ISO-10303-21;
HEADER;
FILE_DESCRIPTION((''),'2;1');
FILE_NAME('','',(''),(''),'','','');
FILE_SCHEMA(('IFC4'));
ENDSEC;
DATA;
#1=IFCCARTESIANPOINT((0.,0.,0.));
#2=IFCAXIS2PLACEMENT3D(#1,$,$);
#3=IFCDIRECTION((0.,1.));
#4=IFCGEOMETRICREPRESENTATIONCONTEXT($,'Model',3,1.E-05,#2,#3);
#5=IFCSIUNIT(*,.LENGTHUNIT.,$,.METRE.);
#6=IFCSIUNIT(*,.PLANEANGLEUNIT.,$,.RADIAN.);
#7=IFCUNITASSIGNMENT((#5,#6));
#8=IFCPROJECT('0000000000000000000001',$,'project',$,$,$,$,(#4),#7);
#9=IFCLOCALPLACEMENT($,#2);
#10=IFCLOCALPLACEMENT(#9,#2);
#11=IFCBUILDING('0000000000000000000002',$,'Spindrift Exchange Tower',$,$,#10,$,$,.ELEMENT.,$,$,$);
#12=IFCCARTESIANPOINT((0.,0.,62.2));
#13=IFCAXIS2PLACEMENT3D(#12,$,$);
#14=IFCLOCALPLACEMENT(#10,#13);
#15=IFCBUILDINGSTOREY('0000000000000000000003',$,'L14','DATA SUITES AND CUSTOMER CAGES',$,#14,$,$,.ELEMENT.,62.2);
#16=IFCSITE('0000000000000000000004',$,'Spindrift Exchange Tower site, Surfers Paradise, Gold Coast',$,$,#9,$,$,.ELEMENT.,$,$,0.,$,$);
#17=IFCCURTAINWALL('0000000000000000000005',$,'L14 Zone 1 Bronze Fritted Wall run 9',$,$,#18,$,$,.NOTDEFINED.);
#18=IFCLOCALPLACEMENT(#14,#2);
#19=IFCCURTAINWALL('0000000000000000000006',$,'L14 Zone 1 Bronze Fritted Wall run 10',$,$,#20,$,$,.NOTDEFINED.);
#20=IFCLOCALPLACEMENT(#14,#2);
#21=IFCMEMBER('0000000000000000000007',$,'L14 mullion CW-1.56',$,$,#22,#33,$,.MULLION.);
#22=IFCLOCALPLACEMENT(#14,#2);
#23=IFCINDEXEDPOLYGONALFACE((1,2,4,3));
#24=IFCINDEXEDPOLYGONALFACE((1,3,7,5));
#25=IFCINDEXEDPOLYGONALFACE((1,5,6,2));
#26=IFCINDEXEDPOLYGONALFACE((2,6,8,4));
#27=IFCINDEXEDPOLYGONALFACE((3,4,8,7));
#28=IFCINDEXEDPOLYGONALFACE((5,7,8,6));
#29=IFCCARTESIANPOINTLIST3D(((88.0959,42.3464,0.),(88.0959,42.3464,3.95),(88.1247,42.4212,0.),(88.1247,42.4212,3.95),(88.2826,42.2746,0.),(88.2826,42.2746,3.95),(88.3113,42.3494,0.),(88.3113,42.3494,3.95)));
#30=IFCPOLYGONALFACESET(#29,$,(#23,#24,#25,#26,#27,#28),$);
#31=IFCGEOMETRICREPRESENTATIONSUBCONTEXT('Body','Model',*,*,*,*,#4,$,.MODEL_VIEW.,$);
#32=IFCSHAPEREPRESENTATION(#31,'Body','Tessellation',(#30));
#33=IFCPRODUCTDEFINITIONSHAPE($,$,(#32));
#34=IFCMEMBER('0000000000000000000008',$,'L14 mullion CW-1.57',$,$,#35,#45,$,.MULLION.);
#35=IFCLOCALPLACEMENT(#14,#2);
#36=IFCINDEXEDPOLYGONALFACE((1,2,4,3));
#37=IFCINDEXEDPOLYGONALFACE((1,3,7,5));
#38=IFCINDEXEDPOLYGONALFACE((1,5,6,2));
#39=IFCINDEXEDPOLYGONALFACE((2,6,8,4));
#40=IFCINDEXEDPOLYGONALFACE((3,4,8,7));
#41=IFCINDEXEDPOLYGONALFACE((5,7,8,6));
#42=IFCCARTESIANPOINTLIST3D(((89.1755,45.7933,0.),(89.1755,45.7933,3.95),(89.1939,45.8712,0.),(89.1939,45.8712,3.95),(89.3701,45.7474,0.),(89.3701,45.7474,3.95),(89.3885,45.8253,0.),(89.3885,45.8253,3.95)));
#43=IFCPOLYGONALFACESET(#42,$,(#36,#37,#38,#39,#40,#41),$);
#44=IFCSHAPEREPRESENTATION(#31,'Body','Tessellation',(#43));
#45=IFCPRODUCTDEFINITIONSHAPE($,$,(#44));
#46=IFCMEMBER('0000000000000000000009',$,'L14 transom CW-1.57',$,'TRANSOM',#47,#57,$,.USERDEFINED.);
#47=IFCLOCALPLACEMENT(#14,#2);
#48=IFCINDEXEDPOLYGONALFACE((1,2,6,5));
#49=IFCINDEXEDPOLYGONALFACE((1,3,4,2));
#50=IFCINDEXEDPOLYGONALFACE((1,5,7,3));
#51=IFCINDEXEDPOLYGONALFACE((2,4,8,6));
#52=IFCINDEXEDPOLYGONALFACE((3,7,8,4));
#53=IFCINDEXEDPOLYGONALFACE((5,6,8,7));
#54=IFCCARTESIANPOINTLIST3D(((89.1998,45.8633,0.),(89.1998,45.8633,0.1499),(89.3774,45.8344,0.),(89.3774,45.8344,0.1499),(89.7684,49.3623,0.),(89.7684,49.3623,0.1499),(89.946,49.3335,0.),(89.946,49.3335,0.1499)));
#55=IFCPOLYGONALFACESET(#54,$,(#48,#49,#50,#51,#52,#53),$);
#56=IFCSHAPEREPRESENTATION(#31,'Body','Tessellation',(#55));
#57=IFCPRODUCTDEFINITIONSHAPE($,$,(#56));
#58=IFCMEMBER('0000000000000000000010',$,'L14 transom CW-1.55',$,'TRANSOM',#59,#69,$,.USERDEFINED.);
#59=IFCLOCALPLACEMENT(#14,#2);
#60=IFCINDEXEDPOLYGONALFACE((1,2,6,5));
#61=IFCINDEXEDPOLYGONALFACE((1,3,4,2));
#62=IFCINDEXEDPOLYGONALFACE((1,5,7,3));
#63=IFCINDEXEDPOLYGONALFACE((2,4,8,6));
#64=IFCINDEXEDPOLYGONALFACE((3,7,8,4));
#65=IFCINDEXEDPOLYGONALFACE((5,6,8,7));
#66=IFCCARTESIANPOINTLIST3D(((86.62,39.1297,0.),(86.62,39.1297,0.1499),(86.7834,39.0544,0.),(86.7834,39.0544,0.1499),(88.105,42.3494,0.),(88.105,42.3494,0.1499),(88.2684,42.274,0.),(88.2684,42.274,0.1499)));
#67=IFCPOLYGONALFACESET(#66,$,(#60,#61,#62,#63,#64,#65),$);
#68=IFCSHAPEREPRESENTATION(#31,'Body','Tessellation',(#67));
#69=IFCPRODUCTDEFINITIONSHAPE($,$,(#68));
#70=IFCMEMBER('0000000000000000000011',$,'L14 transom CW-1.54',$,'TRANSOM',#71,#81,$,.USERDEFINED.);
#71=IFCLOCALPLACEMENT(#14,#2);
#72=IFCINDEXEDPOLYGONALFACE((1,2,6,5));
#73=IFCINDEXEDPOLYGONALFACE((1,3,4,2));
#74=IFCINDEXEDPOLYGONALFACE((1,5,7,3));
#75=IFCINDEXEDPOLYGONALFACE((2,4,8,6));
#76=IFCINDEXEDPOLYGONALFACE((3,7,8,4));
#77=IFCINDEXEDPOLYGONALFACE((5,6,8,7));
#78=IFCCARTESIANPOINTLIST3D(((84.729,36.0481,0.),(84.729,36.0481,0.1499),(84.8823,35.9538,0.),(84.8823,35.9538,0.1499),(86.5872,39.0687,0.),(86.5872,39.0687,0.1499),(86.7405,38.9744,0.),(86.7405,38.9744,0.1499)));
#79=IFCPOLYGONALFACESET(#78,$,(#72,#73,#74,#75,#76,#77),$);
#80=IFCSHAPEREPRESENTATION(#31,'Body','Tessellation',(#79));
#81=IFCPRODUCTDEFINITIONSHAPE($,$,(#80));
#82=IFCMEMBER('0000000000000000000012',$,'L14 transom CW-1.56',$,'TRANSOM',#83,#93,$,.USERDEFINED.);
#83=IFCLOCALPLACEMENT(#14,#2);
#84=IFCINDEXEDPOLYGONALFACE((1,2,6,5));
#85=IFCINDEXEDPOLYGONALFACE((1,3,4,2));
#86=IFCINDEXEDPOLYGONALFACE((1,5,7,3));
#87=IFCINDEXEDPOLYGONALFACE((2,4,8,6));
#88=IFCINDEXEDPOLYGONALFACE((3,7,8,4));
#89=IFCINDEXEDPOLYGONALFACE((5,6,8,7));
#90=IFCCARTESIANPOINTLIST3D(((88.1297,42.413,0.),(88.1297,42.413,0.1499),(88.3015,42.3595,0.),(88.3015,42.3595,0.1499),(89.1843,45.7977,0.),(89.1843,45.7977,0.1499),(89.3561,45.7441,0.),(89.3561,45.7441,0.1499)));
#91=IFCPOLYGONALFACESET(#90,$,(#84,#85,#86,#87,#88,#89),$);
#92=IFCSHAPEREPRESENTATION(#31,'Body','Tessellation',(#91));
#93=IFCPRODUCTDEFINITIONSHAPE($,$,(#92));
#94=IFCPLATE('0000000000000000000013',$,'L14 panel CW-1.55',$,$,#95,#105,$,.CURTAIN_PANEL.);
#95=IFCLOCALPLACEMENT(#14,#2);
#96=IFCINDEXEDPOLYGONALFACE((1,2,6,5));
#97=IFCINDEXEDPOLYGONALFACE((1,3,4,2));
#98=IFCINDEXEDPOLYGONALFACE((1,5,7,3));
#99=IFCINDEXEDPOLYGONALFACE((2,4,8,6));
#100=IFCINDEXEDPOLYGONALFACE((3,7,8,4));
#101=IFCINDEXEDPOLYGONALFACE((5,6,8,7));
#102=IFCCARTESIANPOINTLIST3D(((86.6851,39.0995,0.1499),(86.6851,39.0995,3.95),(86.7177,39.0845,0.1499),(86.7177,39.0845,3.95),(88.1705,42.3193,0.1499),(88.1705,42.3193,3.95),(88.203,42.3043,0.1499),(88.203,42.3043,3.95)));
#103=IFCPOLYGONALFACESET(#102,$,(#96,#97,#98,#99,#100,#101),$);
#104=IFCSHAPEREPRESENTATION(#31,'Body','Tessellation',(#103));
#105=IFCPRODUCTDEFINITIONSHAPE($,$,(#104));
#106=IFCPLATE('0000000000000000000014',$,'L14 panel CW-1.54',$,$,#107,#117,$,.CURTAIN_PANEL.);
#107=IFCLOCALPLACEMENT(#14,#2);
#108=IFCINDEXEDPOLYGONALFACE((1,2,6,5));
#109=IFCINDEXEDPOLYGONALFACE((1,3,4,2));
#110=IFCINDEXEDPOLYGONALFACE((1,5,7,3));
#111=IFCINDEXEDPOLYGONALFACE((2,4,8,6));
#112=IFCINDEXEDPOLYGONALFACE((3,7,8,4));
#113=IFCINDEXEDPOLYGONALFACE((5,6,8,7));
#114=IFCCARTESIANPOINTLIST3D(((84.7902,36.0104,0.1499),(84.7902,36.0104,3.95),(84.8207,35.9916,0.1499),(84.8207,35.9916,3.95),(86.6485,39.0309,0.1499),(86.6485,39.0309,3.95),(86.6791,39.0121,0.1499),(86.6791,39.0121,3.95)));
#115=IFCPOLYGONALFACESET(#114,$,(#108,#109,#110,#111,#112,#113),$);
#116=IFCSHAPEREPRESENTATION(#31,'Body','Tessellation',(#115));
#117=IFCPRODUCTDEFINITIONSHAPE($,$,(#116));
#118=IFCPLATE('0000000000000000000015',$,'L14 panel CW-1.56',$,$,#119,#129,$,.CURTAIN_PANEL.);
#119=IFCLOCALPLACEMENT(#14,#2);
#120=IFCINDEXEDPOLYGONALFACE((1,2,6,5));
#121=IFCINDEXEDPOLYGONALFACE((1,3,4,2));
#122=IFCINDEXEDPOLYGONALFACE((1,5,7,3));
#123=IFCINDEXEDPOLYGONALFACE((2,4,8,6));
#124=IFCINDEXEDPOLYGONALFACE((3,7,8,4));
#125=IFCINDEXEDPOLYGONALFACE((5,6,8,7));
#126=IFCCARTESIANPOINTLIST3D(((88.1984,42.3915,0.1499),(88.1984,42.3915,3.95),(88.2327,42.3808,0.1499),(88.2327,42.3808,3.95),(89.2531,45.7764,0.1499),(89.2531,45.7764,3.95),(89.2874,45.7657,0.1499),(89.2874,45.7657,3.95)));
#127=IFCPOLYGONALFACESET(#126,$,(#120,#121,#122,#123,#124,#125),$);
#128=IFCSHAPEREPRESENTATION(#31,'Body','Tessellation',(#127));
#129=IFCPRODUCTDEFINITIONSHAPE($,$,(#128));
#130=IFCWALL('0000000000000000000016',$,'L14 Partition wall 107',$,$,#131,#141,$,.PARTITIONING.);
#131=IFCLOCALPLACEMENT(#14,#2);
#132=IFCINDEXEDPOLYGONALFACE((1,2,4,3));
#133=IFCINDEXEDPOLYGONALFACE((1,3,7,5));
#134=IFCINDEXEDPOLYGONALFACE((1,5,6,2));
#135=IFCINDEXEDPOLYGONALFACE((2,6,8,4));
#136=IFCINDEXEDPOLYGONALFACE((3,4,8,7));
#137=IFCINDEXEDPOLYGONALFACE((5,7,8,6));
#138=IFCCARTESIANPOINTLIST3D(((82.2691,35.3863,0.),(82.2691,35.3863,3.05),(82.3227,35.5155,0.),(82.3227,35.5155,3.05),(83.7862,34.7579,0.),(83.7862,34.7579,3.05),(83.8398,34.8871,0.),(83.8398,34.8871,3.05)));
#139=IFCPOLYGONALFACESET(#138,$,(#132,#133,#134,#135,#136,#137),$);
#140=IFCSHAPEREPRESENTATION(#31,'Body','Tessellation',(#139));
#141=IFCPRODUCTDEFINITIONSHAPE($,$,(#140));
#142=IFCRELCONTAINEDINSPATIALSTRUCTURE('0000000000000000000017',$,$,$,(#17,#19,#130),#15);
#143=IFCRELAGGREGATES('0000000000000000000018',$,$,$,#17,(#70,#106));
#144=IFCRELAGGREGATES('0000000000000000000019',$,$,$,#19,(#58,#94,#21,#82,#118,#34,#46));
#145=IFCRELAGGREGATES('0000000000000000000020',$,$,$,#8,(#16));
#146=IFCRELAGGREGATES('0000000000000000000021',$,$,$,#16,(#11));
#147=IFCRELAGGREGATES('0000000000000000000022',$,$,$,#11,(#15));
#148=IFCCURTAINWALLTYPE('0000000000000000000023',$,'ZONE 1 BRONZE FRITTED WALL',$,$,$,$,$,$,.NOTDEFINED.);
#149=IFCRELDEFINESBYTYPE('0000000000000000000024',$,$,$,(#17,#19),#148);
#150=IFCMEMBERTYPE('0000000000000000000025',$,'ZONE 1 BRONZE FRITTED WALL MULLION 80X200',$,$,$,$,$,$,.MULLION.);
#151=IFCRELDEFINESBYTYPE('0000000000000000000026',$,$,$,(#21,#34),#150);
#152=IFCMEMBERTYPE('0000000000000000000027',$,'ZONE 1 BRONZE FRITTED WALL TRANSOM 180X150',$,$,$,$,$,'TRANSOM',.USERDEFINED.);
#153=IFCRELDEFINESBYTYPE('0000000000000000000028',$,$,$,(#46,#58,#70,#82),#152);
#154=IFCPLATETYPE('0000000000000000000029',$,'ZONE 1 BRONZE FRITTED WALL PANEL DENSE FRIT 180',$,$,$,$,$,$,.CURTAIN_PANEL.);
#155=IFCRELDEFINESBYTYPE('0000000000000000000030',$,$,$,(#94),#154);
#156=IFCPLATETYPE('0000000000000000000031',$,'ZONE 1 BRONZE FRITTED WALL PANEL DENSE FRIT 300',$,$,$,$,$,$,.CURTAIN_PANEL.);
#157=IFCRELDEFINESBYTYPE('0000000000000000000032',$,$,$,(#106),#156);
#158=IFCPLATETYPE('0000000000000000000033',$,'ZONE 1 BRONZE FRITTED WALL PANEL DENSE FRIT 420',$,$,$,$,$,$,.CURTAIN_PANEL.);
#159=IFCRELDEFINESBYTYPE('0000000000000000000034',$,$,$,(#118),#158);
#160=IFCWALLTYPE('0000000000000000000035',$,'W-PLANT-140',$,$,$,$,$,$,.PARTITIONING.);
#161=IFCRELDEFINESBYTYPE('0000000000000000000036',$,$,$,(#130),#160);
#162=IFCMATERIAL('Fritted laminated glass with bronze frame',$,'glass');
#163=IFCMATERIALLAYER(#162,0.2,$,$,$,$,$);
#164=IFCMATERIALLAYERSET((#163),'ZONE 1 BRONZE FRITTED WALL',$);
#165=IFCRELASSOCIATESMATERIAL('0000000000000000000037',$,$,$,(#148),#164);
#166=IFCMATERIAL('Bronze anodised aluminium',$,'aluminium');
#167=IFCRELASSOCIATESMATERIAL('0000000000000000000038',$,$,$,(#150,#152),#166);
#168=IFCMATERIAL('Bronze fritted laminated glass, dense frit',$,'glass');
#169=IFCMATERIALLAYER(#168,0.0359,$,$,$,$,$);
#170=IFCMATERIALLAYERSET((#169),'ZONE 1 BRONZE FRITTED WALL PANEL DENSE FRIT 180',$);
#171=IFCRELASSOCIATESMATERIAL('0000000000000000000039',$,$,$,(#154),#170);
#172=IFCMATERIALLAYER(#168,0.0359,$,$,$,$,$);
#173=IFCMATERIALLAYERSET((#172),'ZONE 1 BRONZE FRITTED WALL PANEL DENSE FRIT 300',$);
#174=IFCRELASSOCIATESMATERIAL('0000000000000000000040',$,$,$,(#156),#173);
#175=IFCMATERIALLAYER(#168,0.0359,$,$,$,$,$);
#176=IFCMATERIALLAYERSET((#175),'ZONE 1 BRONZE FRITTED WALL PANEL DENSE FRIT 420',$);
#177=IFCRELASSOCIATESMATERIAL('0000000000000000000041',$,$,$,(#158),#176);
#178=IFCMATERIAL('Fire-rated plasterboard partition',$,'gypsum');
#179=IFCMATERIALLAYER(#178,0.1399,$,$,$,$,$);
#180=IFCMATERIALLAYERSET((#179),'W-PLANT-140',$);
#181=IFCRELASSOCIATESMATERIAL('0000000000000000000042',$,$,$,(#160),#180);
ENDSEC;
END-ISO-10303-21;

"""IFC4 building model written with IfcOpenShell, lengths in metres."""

from ifc_helpers import new_model, si_unit, direction, frame, frame_2d, origin, origin_2d, place, context, subcontext, project, spatial, rectangle, extrude, source, transform, mapped, material, layer, layer_set, material_profile, profile_set, type_object, element, aggregate, save


model = new_model("IFC4")

# Units and contexts
model_context = context("Model", 3, precision=1e-05, world=origin(), true_north=direction((0.0, 1.0)))
body_context = subcontext(model_context, "Body", "Model", "MODEL_VIEW")
ifc_project = project(units=[si_unit("LENGTHUNIT", "METRE"), si_unit("PLANEANGLEUNIT", "RADIAN")], contexts=[model_context])

# Site, building, storey
site_placement = place(None, origin())
site = spatial("IfcSite", under=ifc_project, at=site_placement, Name="Spindrift Exchange Tower site, Surfers Paradise, Gold Coast", CompositionType="ELEMENT", RefElevation=0.0)
building_placement = place(site_placement, origin())
building = spatial("IfcBuilding", under=site, at=building_placement, Name="Spindrift Exchange Tower", CompositionType="ELEMENT")
storey_placement = place(building_placement, frame((0.0, 0.0, 62.2)))
storey = spatial("IfcBuildingStorey", under=building, at=storey_placement, Name="L14", Description="DATA SUITES AND CUSTOMER CAGES", CompositionType="ELEMENT", Elevation=62.2)

# Curtain wall
ifc_material_1 = material(Name="Fritted laminated glass with bronze frame", Category="glass")
ifc_layer_1 = layer(ifc_material_1, 0.2)
ifc_layer_set_1 = layer_set([ifc_layer_1], Name="ZONE 1 BRONZE FRITTED WALL")
curtain_wall_type = type_object("IfcCurtainWallType", Name="ZONE 1 BRONZE FRITTED WALL", PredefinedType="NOTDEFINED", material=ifc_layer_set_1)
curtain_wall_1_placement = place(storey_placement, origin())
curtain_wall_1 = element("IfcCurtainWall", 1, at=curtain_wall_1_placement, inside=storey, type_object=curtain_wall_type, Name="L14 Zone 1 Bronze Fritted Wall run 9", PredefinedType="NOTDEFINED")
ifc_material_2 = material(Name="Bronze anodised aluminium", Category="aluminium")
ifc_material_profile_1 = material_profile(ifc_material_2, rectangle(XDim=0.0801, YDim=0.2, at=origin_2d()), Name="ZONE 1 BRONZE FRITTED WALL MULLION 80X200")
ifc_profile_set_1 = profile_set([ifc_material_profile_1], Name="Bronze anodised aluminium")
member_type_1 = type_object("IfcMemberType", Name="ZONE 1 BRONZE FRITTED WALL MULLION 80X200", PredefinedType="MULLION", material=ifc_profile_set_1)
shared_shape_1 = source(origin(), body_context, "Body", "SweptSolid", [
    extrude(rectangle(XDim=0.0801, YDim=0.2, at=origin_2d()), origin(), (0.0, 0.0, 1.0), 3.95),
])

# Curtain wall, members
curtain_wall_2_placement = place(storey_placement, origin())
curtain_wall_2 = element("IfcCurtainWall", 2, at=curtain_wall_2_placement, inside=storey, type_object=curtain_wall_type, Name="L14 Zone 1 Bronze Fritted Wall run 10", PredefinedType="NOTDEFINED")
member_1_placement = place(storey_placement, frame((88.2036, 42.3479, 0.0), z_axis=(0.0, 0.0, 1.0), x_axis=(0.358942, 0.93336, 0.0)))
member_1 = element("IfcMember", 3, at=member_1_placement, type_object=member_type_1, Name="L14 mullion CW-1.56", PredefinedType="MULLION", context=body_context, shape_type="MappedRepresentation", body=[
    mapped(shared_shape_1, transform((0.0, 0.0, 0.0), scale=1.0)),
])
member_2_placement = place(storey_placement, frame((89.282, 45.8093, 0.0), z_axis=(0.0, 0.0, 1.0), x_axis=(0.22953, 0.973302, 0.0)))
member_2 = element("IfcMember", 4, at=member_2_placement, type_object=member_type_1, Name="L14 mullion CW-1.57", PredefinedType="MULLION", context=body_context, shape_type="MappedRepresentation", body=[
    mapped(shared_shape_1, transform((0.0, 0.0, 0.0), scale=1.0)),
])
ifc_material_profile_2 = material_profile(ifc_material_2, rectangle(XDim=0.1799, YDim=0.1499, at=origin_2d()), Name="ZONE 1 BRONZE FRITTED WALL TRANSOM 180X150")
ifc_profile_set_2 = profile_set([ifc_material_profile_2], Name="Bronze anodised aluminium")
member_type_2 = type_object("IfcMemberType", Name="ZONE 1 BRONZE FRITTED WALL TRANSOM 180X150", ElementType="TRANSOM", PredefinedType="USERDEFINED", material=ifc_profile_set_2)
shared_shape_2 = source(origin(), body_context, "Body", "SweptSolid", [
    extrude(rectangle(XDim=0.1799, YDim=0.1499, at=origin_2d()), origin(), (0.0, 0.0, 1.0), 3.5449),
])
member_3_placement = place(storey_placement, frame((89.2886, 45.8489, 0.075), z_axis=(0.160399, 0.987052, 0.0), x_axis=(-0.987052, 0.160399, 0.0)))
member_3 = element("IfcMember", 5, at=member_3_placement, type_object=member_type_2, Name="L14 transom CW-1.57", ObjectType="TRANSOM", PredefinedType="USERDEFINED", context=body_context, shape_type="MappedRepresentation", body=[
    mapped(shared_shape_2, transform((0.0, 0.0, 0.0), scale=1.0)),
])
shared_shape_3 = source(origin(), body_context, "Body", "SweptSolid", [
    extrude(rectangle(XDim=0.1799, YDim=0.1499, at=origin_2d()), origin(), (0.0, 0.0, 1.0), 3.5457),
])
member_4_placement = place(storey_placement, frame((86.7017, 39.092, 0.075), z_axis=(0.418844, 0.908058, 0.0), x_axis=(-0.908058, 0.418844, 0.0)))
member_4 = element("IfcMember", 6, at=member_4_placement, type_object=member_type_2, Name="L14 transom CW-1.55", ObjectType="TRANSOM", PredefinedType="USERDEFINED", context=body_context, shape_type="MappedRepresentation", body=[
    mapped(shared_shape_3, transform((0.0, 0.0, 0.0), scale=1.0)),
])

# Members
shared_shape_4 = source(origin(), body_context, "Body", "SweptSolid", [
    extrude(rectangle(XDim=0.1799, YDim=0.1499, at=origin_2d()), origin(), (0.0, 0.0, 1.0), 3.5464),
])
member_5_placement = place(storey_placement, frame((84.8057, 36.001, 0.075), z_axis=(0.523971, 0.851736, 0.0), x_axis=(-0.851736, 0.523971, 0.0)))
member_5 = element("IfcMember", 7, at=member_5_placement, type_object=member_type_2, Name="L14 transom CW-1.54", ObjectType="TRANSOM", PredefinedType="USERDEFINED", context=body_context, shape_type="MappedRepresentation", body=[
    mapped(shared_shape_4, transform((0.0, 0.0, 0.0), scale=1.0)),
])
shared_shape_5 = source(origin(), body_context, "Body", "SweptSolid", [
    extrude(rectangle(XDim=0.1799, YDim=0.1499, at=origin_2d()), origin(), (0.0, 0.0, 1.0), 3.5452),
])
member_6_placement = place(storey_placement, frame((88.2156, 42.3862, 0.075), z_axis=(0.297491, 0.954725, 0.0), x_axis=(-0.954725, 0.297491, 0.0)))
member_6 = element("IfcMember", 8, at=member_6_placement, type_object=member_type_2, Name="L14 transom CW-1.56", ObjectType="TRANSOM", PredefinedType="USERDEFINED", context=body_context, shape_type="MappedRepresentation", body=[
    mapped(shared_shape_5, transform((0.0, 0.0, 0.0), scale=1.0)),
])

# Plates
ifc_material_3 = material(Name="Bronze fritted laminated glass, dense frit", Category="glass")
ifc_layer_2 = layer(ifc_material_3, 0.0359)
ifc_layer_set_2 = layer_set([ifc_layer_2], Name="ZONE 1 BRONZE FRITTED WALL PANEL DENSE FRIT 180")
plate_type_1 = type_object("IfcPlateType", Name="ZONE 1 BRONZE FRITTED WALL PANEL DENSE FRIT 180", PredefinedType="CURTAIN_PANEL", material=ifc_layer_set_2)
shared_shape_6 = source(origin(), body_context, "Body", "SweptSolid", [
    extrude(rectangle(XDim=3.5459, YDim=0.0359, at=origin_2d()), origin(), (0.0, 0.0, 1.0), 3.8),
])
plate_1_placement = place(storey_placement, frame((87.4441, 40.7019, 0.1499), z_axis=(0.0, 0.0, 1.0), x_axis=(0.418883, 0.90804, 0.0)))
plate_1 = element("IfcPlate", 9, at=plate_1_placement, type_object=plate_type_1, Name="L14 panel CW-1.55", PredefinedType="CURTAIN_PANEL", context=body_context, shape_type="MappedRepresentation", body=[
    mapped(shared_shape_6, transform((0.0, 0.0, 0.0), scale=1.0)),
])
ifc_layer_3 = layer(ifc_material_3, 0.0359)
ifc_layer_set_3 = layer_set([ifc_layer_3], Name="ZONE 1 BRONZE FRITTED WALL PANEL DENSE FRIT 300")
plate_type_2 = type_object("IfcPlateType", Name="ZONE 1 BRONZE FRITTED WALL PANEL DENSE FRIT 300", PredefinedType="CURTAIN_PANEL", material=ifc_layer_set_3)
shared_shape_7 = source(origin(), body_context, "Body", "SweptSolid", [
    extrude(rectangle(XDim=3.5464, YDim=0.0359, at=origin_2d()), origin(), (0.0, 0.0, 1.0), 3.8),
])
plate_2_placement = place(storey_placement, frame((85.7346, 37.5112, 0.1499), z_axis=(0.0, 0.0, 1.0), x_axis=(0.524002, 0.851717, 0.0)))
plate_2 = element("IfcPlate", 10, at=plate_2_placement, type_object=plate_type_2, Name="L14 panel CW-1.54", PredefinedType="CURTAIN_PANEL", context=body_context, shape_type="MappedRepresentation", body=[
    mapped(shared_shape_7, transform((0.0, 0.0, 0.0), scale=1.0)),
])
aggregate(curtain_wall_1, [member_5, plate_2])
ifc_layer_4 = layer(ifc_material_3, 0.0359)
ifc_layer_set_4 = layer_set([ifc_layer_4], Name="ZONE 1 BRONZE FRITTED WALL PANEL DENSE FRIT 420")
plate_type_3 = type_object("IfcPlateType", Name="ZONE 1 BRONZE FRITTED WALL PANEL DENSE FRIT 420", PredefinedType="CURTAIN_PANEL", material=ifc_layer_set_4)
shared_shape_8 = source(origin(), body_context, "Body", "SweptSolid", [
    extrude(rectangle(XDim=3.5454, YDim=0.0359, at=origin_2d()), origin(), (0.0, 0.0, 1.0), 3.8),
])
plate_3_placement = place(storey_placement, frame((88.7429, 44.0786, 0.1499), z_axis=(0.0, 0.0, 1.0), x_axis=(0.297482, 0.954728, 0.0)))
plate_3 = element("IfcPlate", 11, at=plate_3_placement, type_object=plate_type_3, Name="L14 panel CW-1.56", PredefinedType="CURTAIN_PANEL", context=body_context, shape_type="MappedRepresentation", body=[
    mapped(shared_shape_8, transform((0.0, 0.0, 0.0), scale=1.0)),
])
aggregate(curtain_wall_2, [member_4, plate_1, member_1, member_6, plate_3, member_2, member_3])

# Wall
ifc_material_4 = material(Name="Fire-rated plasterboard partition", Category="gypsum")
ifc_layer_5 = layer(ifc_material_4, 0.1399)
ifc_layer_set_5 = layer_set([ifc_layer_5], Name="W-PLANT-140")
wall_type = type_object("IfcWallType", Name="W-PLANT-140", PredefinedType="PARTITIONING", material=ifc_layer_set_5)
wall_placement = place(storey_placement, frame((82.2959, 35.4509, 0.0), z_axis=(0.0, 0.0, 1.0), x_axis=(0.923875, -0.382693, 0.0)))
element("IfcWall", 12, at=wall_placement, inside=storey, type_object=wall_type, Name="L14 Partition wall 107", PredefinedType="PARTITIONING", context=body_context, shape_type="SweptSolid", body=[
    extrude(rectangle(XDim=1.6421, YDim=0.1399, at=frame_2d((0.821, 0.0))), origin(), (0.0, 0.0, 1.0), 3.05),
])

save(model, "model.ifc")
